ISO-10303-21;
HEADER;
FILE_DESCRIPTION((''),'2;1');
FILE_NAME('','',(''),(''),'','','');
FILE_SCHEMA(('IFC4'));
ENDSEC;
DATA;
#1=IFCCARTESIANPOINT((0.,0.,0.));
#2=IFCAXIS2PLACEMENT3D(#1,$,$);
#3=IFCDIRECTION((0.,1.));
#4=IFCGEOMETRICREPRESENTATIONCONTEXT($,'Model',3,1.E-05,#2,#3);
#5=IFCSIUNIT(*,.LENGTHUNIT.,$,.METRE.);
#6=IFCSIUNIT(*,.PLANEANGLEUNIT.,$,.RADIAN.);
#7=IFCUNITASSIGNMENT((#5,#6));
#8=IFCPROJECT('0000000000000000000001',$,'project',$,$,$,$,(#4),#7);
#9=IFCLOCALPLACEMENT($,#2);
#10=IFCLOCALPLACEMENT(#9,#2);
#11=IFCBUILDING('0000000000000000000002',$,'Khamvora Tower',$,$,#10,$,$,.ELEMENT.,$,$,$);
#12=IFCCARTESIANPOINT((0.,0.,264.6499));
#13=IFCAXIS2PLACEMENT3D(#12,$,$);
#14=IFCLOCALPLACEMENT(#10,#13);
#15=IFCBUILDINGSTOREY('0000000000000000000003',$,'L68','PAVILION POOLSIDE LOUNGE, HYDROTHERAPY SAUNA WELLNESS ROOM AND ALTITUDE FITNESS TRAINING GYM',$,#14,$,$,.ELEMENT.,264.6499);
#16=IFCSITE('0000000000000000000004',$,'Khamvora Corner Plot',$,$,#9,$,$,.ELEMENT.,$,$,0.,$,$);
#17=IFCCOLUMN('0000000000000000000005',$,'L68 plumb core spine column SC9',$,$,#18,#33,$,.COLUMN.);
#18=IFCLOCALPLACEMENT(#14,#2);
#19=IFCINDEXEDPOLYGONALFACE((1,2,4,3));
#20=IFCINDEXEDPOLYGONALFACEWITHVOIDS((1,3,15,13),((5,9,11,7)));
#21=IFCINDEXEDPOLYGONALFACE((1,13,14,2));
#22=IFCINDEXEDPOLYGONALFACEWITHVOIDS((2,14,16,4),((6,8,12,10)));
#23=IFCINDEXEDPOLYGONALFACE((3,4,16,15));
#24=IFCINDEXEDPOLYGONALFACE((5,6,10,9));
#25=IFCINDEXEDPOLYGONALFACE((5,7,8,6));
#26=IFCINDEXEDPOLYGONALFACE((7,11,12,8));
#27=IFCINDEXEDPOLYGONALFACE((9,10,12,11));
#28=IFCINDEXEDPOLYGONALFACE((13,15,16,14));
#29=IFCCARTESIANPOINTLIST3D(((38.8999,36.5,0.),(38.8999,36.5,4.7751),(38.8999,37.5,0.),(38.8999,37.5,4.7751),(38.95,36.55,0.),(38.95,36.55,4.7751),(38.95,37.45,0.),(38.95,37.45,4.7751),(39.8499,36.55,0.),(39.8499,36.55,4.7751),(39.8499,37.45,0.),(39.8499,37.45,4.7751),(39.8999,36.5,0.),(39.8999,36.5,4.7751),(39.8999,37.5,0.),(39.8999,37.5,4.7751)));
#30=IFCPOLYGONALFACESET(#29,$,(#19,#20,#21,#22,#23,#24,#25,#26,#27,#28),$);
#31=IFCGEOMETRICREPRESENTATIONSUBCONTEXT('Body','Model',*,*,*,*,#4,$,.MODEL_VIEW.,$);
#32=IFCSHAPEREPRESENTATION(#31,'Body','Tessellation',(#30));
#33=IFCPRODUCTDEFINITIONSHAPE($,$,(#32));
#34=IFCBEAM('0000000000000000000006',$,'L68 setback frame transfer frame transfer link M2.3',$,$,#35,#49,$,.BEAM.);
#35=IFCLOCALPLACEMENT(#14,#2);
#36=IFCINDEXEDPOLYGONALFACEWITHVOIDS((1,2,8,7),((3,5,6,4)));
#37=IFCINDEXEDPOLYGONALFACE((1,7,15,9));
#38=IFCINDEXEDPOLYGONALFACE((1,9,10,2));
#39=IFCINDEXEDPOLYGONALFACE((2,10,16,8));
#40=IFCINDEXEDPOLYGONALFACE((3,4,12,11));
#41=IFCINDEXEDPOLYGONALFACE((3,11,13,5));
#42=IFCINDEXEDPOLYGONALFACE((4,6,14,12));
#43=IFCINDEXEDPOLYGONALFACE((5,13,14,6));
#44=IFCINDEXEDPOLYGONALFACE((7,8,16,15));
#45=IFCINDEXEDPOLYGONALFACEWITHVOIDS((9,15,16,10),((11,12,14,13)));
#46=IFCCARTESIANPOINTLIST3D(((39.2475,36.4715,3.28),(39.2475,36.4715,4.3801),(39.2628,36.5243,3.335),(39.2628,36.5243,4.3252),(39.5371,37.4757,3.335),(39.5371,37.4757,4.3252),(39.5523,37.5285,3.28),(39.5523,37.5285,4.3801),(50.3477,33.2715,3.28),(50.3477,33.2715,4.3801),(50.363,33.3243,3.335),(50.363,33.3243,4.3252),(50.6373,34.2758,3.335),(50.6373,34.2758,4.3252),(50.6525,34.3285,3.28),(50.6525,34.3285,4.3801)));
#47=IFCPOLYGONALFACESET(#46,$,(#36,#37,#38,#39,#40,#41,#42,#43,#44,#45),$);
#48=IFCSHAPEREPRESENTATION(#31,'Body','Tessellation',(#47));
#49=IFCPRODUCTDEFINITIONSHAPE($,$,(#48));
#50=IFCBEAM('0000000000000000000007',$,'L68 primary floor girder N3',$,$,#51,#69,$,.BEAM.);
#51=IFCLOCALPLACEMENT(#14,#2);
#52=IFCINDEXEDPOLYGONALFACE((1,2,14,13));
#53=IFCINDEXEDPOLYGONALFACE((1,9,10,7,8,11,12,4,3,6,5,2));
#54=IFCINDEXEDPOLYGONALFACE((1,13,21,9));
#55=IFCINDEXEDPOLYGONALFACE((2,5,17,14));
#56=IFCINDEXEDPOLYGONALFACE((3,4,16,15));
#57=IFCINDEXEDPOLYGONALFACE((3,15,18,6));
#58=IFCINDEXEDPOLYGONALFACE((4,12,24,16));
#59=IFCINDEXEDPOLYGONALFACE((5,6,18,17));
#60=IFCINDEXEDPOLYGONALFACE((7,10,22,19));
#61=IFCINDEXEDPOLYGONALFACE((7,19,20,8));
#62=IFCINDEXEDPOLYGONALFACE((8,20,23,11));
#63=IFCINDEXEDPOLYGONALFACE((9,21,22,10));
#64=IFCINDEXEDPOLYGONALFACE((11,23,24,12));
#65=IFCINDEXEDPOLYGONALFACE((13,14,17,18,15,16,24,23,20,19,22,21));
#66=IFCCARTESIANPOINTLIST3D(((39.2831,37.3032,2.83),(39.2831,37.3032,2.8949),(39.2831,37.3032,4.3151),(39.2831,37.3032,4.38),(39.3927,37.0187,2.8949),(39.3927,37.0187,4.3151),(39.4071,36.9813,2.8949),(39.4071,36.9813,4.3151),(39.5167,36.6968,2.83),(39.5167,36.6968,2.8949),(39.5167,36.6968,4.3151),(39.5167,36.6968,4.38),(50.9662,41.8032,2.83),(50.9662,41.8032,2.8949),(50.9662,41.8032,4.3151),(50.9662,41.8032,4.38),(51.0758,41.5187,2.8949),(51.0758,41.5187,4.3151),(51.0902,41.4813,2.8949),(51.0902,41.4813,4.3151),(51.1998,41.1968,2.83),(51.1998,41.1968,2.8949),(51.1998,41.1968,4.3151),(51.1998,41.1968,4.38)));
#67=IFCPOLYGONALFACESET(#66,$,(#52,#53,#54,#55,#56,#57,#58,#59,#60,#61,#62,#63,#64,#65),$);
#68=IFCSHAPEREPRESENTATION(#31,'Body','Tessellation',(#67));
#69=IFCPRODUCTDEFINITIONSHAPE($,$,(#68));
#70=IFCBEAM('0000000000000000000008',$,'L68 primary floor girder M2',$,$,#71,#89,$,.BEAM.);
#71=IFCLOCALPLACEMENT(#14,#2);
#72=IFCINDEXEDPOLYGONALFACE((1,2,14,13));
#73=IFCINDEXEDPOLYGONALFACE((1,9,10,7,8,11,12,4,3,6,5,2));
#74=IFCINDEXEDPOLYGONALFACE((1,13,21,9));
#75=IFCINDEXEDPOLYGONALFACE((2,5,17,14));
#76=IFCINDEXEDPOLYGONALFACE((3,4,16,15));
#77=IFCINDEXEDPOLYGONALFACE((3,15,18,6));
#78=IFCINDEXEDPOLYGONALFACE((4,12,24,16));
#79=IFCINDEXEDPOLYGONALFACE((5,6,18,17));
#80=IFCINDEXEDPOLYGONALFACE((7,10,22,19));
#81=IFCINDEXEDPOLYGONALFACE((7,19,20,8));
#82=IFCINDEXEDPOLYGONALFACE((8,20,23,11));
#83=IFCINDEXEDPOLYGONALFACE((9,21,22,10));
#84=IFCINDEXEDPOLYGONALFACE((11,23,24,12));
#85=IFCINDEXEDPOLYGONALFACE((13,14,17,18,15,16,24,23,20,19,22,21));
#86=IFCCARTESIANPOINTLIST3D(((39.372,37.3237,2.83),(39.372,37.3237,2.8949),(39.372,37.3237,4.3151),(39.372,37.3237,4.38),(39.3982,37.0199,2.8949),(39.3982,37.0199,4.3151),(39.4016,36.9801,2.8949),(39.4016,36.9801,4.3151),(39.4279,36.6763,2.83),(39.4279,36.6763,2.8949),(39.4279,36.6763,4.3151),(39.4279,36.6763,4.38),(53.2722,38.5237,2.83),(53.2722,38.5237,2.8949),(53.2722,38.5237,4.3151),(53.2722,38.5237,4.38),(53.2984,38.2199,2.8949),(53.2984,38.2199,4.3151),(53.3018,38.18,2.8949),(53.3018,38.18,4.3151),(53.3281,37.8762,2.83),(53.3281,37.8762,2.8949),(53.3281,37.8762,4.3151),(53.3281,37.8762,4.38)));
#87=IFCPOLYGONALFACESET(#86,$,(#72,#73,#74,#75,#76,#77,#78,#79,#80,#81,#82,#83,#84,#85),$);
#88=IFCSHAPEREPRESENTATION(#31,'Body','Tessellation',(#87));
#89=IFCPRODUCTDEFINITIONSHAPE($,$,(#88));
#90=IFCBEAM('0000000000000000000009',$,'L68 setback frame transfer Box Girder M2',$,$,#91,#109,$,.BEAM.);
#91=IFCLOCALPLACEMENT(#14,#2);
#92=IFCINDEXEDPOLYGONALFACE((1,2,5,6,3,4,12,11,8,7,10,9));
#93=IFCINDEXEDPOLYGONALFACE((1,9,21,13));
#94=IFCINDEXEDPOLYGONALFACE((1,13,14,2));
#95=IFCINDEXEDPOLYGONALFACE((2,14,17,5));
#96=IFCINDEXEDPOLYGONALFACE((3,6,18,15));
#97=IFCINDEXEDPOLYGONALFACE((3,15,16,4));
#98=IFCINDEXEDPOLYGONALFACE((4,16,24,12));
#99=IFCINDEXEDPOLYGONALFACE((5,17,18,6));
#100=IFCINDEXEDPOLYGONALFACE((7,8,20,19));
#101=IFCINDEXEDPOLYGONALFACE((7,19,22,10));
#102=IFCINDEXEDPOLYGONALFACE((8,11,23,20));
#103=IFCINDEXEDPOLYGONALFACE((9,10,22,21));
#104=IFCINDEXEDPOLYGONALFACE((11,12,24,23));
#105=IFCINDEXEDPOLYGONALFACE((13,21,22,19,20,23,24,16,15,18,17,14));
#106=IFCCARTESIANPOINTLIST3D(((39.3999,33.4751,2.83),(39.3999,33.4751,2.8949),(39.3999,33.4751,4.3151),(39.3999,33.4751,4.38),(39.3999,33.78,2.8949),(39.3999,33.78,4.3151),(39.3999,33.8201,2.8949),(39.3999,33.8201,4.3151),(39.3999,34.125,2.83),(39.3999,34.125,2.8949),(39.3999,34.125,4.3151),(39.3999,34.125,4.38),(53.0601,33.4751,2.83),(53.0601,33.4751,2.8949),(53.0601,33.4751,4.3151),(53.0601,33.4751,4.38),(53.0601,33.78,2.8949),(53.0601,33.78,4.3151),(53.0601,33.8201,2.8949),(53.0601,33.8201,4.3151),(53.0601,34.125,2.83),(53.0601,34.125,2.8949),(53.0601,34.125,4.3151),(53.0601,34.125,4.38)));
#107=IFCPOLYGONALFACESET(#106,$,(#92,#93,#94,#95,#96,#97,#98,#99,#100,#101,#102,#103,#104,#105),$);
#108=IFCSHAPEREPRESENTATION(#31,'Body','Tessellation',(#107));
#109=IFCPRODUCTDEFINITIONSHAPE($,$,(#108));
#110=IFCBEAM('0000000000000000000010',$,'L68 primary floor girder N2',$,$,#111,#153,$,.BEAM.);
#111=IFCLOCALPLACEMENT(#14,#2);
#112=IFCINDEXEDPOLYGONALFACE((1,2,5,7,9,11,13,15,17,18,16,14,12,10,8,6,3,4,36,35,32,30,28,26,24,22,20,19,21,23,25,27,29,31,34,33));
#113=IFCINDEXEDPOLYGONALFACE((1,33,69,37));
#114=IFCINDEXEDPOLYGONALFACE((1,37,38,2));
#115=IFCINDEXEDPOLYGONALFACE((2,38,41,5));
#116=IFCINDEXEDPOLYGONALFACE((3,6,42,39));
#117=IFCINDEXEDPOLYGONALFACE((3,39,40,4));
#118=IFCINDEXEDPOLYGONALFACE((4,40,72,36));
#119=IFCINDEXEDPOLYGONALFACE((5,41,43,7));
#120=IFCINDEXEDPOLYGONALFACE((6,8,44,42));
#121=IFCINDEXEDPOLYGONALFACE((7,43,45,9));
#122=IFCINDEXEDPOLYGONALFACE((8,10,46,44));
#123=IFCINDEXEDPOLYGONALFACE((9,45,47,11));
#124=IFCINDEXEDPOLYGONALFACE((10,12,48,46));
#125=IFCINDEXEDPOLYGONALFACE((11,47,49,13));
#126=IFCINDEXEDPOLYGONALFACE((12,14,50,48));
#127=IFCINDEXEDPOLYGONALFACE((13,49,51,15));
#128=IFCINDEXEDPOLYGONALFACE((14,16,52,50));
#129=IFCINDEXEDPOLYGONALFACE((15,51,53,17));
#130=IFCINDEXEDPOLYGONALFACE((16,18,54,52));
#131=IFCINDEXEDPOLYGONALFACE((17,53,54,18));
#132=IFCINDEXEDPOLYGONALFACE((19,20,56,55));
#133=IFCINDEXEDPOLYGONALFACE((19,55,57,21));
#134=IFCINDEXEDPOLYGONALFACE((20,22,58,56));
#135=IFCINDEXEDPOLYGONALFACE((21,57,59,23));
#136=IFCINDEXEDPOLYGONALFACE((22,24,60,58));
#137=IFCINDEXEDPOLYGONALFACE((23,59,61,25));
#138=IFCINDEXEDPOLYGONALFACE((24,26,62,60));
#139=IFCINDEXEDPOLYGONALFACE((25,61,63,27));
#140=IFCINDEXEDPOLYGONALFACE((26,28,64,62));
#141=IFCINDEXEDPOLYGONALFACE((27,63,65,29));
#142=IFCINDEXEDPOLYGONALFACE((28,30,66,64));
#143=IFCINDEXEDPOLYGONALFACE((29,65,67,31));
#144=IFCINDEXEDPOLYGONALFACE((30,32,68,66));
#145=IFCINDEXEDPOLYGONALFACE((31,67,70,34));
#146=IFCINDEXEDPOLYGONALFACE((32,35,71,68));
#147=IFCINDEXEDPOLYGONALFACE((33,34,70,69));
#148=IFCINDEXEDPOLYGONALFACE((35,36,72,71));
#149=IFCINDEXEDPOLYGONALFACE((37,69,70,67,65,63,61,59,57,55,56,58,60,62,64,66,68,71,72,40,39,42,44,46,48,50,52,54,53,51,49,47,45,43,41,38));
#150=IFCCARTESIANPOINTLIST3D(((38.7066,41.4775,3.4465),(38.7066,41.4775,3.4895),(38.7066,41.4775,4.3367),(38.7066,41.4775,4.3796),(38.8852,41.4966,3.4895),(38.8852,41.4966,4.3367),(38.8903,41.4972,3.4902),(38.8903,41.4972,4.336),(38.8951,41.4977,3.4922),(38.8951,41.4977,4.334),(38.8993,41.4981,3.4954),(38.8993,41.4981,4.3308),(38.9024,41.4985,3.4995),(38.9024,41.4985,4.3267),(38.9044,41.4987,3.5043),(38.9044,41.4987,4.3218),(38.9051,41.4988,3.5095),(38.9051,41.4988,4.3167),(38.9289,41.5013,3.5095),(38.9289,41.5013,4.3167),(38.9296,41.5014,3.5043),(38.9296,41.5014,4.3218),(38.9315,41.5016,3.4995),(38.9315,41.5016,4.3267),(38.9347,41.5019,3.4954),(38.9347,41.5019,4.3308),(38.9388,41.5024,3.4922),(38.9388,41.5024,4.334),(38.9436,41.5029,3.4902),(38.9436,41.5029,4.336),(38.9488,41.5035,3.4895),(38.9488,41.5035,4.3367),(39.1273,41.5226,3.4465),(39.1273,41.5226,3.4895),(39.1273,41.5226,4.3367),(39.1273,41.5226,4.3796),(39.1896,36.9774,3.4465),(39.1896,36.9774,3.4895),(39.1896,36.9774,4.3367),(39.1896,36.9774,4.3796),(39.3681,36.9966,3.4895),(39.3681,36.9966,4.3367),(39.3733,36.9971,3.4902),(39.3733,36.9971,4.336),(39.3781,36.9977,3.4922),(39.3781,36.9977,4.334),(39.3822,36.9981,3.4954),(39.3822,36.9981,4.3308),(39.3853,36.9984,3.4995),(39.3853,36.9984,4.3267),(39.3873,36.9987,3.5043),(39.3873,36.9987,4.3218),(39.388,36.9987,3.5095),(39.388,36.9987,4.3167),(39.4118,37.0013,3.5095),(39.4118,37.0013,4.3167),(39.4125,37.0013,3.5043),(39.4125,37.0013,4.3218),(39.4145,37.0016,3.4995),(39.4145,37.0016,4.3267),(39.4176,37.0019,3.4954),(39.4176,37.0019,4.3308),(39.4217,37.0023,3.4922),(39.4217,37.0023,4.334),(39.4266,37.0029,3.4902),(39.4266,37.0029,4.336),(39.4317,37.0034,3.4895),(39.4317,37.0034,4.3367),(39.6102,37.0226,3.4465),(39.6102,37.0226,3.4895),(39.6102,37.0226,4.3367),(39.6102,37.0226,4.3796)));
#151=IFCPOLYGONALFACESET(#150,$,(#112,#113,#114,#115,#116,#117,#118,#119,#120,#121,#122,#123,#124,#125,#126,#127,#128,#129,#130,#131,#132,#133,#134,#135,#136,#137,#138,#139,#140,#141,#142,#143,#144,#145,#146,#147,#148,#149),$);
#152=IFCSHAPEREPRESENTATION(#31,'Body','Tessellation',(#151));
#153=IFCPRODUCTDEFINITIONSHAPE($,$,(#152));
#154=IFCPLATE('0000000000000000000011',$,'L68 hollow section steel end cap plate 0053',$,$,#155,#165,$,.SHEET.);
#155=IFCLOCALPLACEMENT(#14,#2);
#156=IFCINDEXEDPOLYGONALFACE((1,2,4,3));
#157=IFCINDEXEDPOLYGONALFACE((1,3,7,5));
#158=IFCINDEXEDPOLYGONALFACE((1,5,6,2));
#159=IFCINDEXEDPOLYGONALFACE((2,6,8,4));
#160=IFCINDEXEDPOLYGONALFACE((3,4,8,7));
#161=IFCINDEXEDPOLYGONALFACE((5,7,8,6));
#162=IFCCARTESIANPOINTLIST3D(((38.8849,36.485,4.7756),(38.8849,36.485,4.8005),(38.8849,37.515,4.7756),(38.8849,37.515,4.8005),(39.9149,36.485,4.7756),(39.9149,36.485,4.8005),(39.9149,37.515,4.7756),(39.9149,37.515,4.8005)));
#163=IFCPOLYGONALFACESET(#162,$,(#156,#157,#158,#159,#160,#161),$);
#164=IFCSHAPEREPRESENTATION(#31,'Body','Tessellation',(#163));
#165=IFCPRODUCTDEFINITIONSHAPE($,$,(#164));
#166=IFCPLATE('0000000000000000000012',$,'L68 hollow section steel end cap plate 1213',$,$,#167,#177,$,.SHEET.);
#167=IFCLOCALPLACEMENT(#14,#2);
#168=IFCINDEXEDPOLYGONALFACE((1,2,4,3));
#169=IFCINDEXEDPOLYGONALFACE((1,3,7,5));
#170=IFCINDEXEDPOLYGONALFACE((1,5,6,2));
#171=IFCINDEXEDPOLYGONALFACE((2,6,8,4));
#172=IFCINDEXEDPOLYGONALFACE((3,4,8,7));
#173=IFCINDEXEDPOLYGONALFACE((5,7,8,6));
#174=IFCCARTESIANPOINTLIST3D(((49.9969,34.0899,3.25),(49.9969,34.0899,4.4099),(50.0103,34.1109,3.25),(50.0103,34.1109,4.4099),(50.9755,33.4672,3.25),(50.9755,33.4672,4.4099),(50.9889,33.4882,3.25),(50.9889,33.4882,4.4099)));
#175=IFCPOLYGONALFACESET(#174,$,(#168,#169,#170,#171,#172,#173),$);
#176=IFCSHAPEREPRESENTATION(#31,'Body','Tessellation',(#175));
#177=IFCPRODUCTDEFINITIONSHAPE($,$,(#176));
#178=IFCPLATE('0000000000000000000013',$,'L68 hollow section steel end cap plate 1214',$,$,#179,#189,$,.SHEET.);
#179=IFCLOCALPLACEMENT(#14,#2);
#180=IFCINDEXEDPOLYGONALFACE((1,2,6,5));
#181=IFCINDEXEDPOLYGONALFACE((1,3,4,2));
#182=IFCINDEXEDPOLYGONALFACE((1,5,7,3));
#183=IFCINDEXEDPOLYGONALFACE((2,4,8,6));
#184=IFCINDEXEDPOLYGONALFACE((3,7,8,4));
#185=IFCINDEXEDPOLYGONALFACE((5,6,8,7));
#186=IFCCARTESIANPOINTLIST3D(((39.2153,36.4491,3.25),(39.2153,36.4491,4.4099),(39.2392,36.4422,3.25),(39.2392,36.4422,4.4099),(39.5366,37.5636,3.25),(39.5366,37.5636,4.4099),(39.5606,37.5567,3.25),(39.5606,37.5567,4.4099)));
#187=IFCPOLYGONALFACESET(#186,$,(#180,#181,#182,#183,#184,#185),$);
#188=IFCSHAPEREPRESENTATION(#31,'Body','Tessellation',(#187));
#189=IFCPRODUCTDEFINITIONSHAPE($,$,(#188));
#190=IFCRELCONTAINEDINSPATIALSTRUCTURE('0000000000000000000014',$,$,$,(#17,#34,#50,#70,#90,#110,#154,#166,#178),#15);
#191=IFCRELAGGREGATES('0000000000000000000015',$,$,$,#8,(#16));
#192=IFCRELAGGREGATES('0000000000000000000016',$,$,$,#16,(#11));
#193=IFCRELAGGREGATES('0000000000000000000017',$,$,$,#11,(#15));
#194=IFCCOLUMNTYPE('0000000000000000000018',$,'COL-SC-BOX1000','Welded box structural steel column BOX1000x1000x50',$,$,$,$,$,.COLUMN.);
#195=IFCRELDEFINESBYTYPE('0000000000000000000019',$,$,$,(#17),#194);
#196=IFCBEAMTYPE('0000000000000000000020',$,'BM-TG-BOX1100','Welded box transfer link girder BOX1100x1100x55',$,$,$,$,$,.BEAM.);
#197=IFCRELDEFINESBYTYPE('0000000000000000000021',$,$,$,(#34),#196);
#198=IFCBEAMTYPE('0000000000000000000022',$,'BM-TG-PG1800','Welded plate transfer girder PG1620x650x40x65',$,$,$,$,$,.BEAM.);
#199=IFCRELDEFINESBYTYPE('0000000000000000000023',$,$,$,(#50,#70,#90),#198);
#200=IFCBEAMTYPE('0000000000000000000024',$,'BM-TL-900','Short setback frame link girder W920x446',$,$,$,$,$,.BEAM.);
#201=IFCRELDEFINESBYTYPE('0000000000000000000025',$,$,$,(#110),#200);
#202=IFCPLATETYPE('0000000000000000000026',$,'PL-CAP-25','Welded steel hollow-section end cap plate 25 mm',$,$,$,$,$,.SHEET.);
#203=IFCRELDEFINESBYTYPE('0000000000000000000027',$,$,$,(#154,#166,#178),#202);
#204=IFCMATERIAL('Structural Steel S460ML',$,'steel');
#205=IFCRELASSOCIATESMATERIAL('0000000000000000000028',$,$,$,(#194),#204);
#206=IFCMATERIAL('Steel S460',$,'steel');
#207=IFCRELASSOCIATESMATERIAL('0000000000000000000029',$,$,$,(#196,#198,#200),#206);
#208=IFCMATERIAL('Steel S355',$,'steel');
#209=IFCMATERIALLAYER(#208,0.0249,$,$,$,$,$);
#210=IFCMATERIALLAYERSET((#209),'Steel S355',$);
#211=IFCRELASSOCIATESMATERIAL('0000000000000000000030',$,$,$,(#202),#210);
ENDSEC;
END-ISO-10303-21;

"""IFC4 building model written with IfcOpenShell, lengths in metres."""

from ifc_helpers import new_model, si_unit, direction, frame, origin, origin_2d, place, context, subcontext, project, spatial, rectangle, hollow_rectangle, i_section, extrude, material, layer, layer_set, material_profile, profile_set, type_object, element, save


model = new_model("IFC4")

# Units and contexts
model_context = context("Model", 3, precision=1e-05, world=origin(), true_north=direction((0.0, 1.0)))
body_context = subcontext(model_context, "Body", "Model", "MODEL_VIEW")
ifc_project = project(units=[si_unit("LENGTHUNIT", "METRE"), si_unit("PLANEANGLEUNIT", "RADIAN")], contexts=[model_context])

# Site, building, storey
site_placement = place(None, origin())
site = spatial("IfcSite", under=ifc_project, at=site_placement, Name="Khamvora Corner Plot", CompositionType="ELEMENT", RefElevation=0.0)
building_placement = place(site_placement, origin())
building = spatial("IfcBuilding", under=site, at=building_placement, Name="Khamvora Tower", CompositionType="ELEMENT")
storey_placement = place(building_placement, frame((0.0, 0.0, 264.6499)))
storey = spatial("IfcBuildingStorey", under=building, at=storey_placement, Name="L68", Description="PAVILION POOLSIDE LOUNGE, HYDROTHERAPY SAUNA WELLNESS ROOM AND ALTITUDE FITNESS TRAINING GYM", CompositionType="ELEMENT", Elevation=264.6499)

# Column
ifc_material_1 = material(Name="Structural Steel S460ML", Category="steel")
ifc_material_profile_1 = material_profile(ifc_material_1, hollow_rectangle(XDim=1.0, YDim=1.0, WallThickness=0.05, at=origin_2d()), Name="BOX1000x1000x50")
ifc_profile_set_1 = profile_set([ifc_material_profile_1], Name="Structural Steel S460ML")
column_type = type_object("IfcColumnType", Name="COL-SC-BOX1000", Description="Welded box structural steel column BOX1000x1000x50", PredefinedType="COLUMN", material=ifc_profile_set_1)
column_placement = place(storey_placement, frame((39.3999, 37.0, 0.0), z_axis=(0.0, 0.0, 1.0), x_axis=(1.0, 0.0, 0.0)))
element("IfcColumn", 1, at=column_placement, inside=storey, type_object=column_type, Name="L68 plumb core spine column SC9", PredefinedType="COLUMN", context=body_context, shape_type="SweptSolid", body=[
    extrude(hollow_rectangle(XDim=1.0, YDim=1.0, WallThickness=0.05, at=origin_2d()), origin(), (0.0, 0.0, 1.0), 4.7751),
])

# Beams
ifc_material_2 = material(Name="Steel S460", Category="steel")
ifc_material_profile_2 = material_profile(ifc_material_2, hollow_rectangle(XDim=1.1001, YDim=1.1001, WallThickness=0.0549, at=origin_2d()), Name="BOX1100x1100x55")
ifc_profile_set_2 = profile_set([ifc_material_profile_2], Name="Steel S460")
beam_type_1 = type_object("IfcBeamType", Name="BM-TG-BOX1100", Description="Welded box transfer link girder BOX1100x1100x55", PredefinedType="BEAM", material=ifc_profile_set_2)
beam_1_placement = place(storey_placement, frame((39.3999, 37.0, 3.8301), z_axis=(0.96087, -0.277001, 0.0), x_axis=(0.277001, 0.96087, 0.0)))
element("IfcBeam", 2, at=beam_1_placement, inside=storey, type_object=beam_type_1, Name="L68 setback frame transfer frame transfer link M2.3", PredefinedType="BEAM", context=body_context, shape_type="SweptSolid", body=[
    extrude(hollow_rectangle(XDim=1.1001, YDim=1.1001, WallThickness=0.0549, at=origin_2d()), origin(), (0.0, 0.0, 1.0), 11.5522),
])
ifc_material_profile_3 = material_profile(ifc_material_2, i_section(OverallWidth=0.6499, OverallDepth=1.55, WebThickness=0.04, FlangeThickness=0.0649, at=origin_2d()), Name="PG1550x650x40x65")
ifc_profile_set_3 = profile_set([ifc_material_profile_3], Name="Steel S460")
beam_type_2 = type_object("IfcBeamType", Name="BM-TG-PG1800", Description="Welded plate transfer girder PG1620x650x40x65", PredefinedType="BEAM", material=ifc_profile_set_3)
beam_2_placement = place(storey_placement, frame((39.3999, 37.0, 3.605), z_axis=(0.933172, 0.359431, 0.0), x_axis=(-0.359431, 0.933172, 0.0)))
element("IfcBeam", 3, at=beam_2_placement, inside=storey, type_object=beam_type_2, Name="L68 primary floor girder N3", PredefinedType="BEAM", context=body_context, shape_type="SweptSolid", body=[
    extrude(i_section(OverallWidth=0.6499, OverallDepth=1.55, WebThickness=0.04, FlangeThickness=0.0649, at=origin_2d()), origin(), (0.0, 0.0, 1.0), 12.5198),
])
beam_3_placement = place(storey_placement, frame((39.3999, 37.0, 3.605), z_axis=(0.996295, 0.086007, 0.0), x_axis=(-0.086007, 0.996295, 0.0)))
element("IfcBeam", 4, at=beam_3_placement, inside=storey, type_object=beam_type_2, Name="L68 primary floor girder M2", PredefinedType="BEAM", context=body_context, shape_type="SweptSolid", body=[
    extrude(i_section(OverallWidth=0.6499, OverallDepth=1.55, WebThickness=0.04, FlangeThickness=0.0649, at=origin_2d()), origin(), (0.0, 0.0, 1.0), 13.9519),
])
beam_4_placement = place(storey_placement, frame((39.3999, 33.8, 3.605), z_axis=(1.0, 0.0, 0.0), x_axis=(0.0, 1.0, 0.0)))
element("IfcBeam", 5, at=beam_4_placement, inside=storey, type_object=beam_type_2, Name="L68 setback frame transfer Box Girder M2", PredefinedType="BEAM", context=body_context, shape_type="SweptSolid", body=[
    extrude(i_section(OverallWidth=0.6499, OverallDepth=1.55, WebThickness=0.04, FlangeThickness=0.0649, at=origin_2d()), origin(), (0.0, 0.0, 1.0), 13.6602),
])
ifc_material_profile_4 = material_profile(ifc_material_2, i_section(OverallWidth=0.4231, OverallDepth=0.9331, WebThickness=0.0239, FlangeThickness=0.043, FilletRadius=0.02, at=origin_2d()), Name="W920x446")
ifc_profile_set_4 = profile_set([ifc_material_profile_4], Name="Steel S460")
beam_type_3 = type_object("IfcBeamType", Name="BM-TL-900", Description="Short setback frame link girder W920x446", PredefinedType="BEAM", material=ifc_profile_set_4)
beam_5_placement = place(storey_placement, frame((39.3999, 37.0, 3.9131), z_axis=(-0.106701, 0.994291, 0.0), x_axis=(-0.994291, -0.106701, 0.0)))
element("IfcBeam", 6, at=beam_5_placement, inside=storey, type_object=beam_type_3, Name="L68 primary floor girder N2", PredefinedType="BEAM", context=body_context, shape_type="SweptSolid", body=[
    extrude(i_section(OverallWidth=0.4231, OverallDepth=0.9331, WebThickness=0.0239, FlangeThickness=0.043, FilletRadius=0.02, at=origin_2d()), origin(), (0.0, 0.0, 1.0), 4.5259),
])

# Plates
ifc_material_3 = material(Name="Steel S355", Category="steel")
ifc_layer_1 = layer(ifc_material_3, 0.0249)
ifc_layer_set_1 = layer_set([ifc_layer_1], Name="Steel S355")
plate_type_1 = type_object("IfcPlateType", Name="PL-CAP-25", Description="Welded steel hollow-section end cap plate 25 mm", PredefinedType="SHEET", material=ifc_layer_set_1)
plate_placement = place(storey_placement, frame((39.3999, 37.0, 4.7756), z_axis=(0.0, 0.0, 1.0), x_axis=(1.0, 0.0, 0.0)))
element("IfcPlate", 7, at=plate_placement, inside=storey, type_object=plate_type_1, Name="L68 hollow section steel end cap plate 0053", PredefinedType="SHEET", context=body_context, shape_type="SweptSolid", body=[
    extrude(rectangle(XDim=1.03, YDim=1.03, at=origin_2d()), origin(), (0.0, 0.0, 1.0), 0.0249),
])
for number, where, z_axis, x_axis, name in (
    (8, (50.4929, 33.7891, 3.25), (0.0, 0.0, 1.0), (-0.536873, -0.843663, 0.0), "L68 hollow section steel end cap plate 1213"),
    (9, (39.3879, 37.0029, 3.25), (0.0, 0.0, 1.0), (0.960866, -0.277013, 0.0), "L68 hollow section steel end cap plate 1214"),
):
    element("IfcPlate", number, at=place(storey_placement, frame(where, z_axis=z_axis, x_axis=x_axis)), inside=storey, type_object=plate_type_1, Name=name, PredefinedType="SHEET", context=body_context, shape_type="SweptSolid", body=[
        extrude(rectangle(XDim=0.0249, YDim=1.1599, at=origin_2d()), origin(), (0.0, 0.0, 1.0), 1.1599),
    ])

save(model, "model.ifc")
